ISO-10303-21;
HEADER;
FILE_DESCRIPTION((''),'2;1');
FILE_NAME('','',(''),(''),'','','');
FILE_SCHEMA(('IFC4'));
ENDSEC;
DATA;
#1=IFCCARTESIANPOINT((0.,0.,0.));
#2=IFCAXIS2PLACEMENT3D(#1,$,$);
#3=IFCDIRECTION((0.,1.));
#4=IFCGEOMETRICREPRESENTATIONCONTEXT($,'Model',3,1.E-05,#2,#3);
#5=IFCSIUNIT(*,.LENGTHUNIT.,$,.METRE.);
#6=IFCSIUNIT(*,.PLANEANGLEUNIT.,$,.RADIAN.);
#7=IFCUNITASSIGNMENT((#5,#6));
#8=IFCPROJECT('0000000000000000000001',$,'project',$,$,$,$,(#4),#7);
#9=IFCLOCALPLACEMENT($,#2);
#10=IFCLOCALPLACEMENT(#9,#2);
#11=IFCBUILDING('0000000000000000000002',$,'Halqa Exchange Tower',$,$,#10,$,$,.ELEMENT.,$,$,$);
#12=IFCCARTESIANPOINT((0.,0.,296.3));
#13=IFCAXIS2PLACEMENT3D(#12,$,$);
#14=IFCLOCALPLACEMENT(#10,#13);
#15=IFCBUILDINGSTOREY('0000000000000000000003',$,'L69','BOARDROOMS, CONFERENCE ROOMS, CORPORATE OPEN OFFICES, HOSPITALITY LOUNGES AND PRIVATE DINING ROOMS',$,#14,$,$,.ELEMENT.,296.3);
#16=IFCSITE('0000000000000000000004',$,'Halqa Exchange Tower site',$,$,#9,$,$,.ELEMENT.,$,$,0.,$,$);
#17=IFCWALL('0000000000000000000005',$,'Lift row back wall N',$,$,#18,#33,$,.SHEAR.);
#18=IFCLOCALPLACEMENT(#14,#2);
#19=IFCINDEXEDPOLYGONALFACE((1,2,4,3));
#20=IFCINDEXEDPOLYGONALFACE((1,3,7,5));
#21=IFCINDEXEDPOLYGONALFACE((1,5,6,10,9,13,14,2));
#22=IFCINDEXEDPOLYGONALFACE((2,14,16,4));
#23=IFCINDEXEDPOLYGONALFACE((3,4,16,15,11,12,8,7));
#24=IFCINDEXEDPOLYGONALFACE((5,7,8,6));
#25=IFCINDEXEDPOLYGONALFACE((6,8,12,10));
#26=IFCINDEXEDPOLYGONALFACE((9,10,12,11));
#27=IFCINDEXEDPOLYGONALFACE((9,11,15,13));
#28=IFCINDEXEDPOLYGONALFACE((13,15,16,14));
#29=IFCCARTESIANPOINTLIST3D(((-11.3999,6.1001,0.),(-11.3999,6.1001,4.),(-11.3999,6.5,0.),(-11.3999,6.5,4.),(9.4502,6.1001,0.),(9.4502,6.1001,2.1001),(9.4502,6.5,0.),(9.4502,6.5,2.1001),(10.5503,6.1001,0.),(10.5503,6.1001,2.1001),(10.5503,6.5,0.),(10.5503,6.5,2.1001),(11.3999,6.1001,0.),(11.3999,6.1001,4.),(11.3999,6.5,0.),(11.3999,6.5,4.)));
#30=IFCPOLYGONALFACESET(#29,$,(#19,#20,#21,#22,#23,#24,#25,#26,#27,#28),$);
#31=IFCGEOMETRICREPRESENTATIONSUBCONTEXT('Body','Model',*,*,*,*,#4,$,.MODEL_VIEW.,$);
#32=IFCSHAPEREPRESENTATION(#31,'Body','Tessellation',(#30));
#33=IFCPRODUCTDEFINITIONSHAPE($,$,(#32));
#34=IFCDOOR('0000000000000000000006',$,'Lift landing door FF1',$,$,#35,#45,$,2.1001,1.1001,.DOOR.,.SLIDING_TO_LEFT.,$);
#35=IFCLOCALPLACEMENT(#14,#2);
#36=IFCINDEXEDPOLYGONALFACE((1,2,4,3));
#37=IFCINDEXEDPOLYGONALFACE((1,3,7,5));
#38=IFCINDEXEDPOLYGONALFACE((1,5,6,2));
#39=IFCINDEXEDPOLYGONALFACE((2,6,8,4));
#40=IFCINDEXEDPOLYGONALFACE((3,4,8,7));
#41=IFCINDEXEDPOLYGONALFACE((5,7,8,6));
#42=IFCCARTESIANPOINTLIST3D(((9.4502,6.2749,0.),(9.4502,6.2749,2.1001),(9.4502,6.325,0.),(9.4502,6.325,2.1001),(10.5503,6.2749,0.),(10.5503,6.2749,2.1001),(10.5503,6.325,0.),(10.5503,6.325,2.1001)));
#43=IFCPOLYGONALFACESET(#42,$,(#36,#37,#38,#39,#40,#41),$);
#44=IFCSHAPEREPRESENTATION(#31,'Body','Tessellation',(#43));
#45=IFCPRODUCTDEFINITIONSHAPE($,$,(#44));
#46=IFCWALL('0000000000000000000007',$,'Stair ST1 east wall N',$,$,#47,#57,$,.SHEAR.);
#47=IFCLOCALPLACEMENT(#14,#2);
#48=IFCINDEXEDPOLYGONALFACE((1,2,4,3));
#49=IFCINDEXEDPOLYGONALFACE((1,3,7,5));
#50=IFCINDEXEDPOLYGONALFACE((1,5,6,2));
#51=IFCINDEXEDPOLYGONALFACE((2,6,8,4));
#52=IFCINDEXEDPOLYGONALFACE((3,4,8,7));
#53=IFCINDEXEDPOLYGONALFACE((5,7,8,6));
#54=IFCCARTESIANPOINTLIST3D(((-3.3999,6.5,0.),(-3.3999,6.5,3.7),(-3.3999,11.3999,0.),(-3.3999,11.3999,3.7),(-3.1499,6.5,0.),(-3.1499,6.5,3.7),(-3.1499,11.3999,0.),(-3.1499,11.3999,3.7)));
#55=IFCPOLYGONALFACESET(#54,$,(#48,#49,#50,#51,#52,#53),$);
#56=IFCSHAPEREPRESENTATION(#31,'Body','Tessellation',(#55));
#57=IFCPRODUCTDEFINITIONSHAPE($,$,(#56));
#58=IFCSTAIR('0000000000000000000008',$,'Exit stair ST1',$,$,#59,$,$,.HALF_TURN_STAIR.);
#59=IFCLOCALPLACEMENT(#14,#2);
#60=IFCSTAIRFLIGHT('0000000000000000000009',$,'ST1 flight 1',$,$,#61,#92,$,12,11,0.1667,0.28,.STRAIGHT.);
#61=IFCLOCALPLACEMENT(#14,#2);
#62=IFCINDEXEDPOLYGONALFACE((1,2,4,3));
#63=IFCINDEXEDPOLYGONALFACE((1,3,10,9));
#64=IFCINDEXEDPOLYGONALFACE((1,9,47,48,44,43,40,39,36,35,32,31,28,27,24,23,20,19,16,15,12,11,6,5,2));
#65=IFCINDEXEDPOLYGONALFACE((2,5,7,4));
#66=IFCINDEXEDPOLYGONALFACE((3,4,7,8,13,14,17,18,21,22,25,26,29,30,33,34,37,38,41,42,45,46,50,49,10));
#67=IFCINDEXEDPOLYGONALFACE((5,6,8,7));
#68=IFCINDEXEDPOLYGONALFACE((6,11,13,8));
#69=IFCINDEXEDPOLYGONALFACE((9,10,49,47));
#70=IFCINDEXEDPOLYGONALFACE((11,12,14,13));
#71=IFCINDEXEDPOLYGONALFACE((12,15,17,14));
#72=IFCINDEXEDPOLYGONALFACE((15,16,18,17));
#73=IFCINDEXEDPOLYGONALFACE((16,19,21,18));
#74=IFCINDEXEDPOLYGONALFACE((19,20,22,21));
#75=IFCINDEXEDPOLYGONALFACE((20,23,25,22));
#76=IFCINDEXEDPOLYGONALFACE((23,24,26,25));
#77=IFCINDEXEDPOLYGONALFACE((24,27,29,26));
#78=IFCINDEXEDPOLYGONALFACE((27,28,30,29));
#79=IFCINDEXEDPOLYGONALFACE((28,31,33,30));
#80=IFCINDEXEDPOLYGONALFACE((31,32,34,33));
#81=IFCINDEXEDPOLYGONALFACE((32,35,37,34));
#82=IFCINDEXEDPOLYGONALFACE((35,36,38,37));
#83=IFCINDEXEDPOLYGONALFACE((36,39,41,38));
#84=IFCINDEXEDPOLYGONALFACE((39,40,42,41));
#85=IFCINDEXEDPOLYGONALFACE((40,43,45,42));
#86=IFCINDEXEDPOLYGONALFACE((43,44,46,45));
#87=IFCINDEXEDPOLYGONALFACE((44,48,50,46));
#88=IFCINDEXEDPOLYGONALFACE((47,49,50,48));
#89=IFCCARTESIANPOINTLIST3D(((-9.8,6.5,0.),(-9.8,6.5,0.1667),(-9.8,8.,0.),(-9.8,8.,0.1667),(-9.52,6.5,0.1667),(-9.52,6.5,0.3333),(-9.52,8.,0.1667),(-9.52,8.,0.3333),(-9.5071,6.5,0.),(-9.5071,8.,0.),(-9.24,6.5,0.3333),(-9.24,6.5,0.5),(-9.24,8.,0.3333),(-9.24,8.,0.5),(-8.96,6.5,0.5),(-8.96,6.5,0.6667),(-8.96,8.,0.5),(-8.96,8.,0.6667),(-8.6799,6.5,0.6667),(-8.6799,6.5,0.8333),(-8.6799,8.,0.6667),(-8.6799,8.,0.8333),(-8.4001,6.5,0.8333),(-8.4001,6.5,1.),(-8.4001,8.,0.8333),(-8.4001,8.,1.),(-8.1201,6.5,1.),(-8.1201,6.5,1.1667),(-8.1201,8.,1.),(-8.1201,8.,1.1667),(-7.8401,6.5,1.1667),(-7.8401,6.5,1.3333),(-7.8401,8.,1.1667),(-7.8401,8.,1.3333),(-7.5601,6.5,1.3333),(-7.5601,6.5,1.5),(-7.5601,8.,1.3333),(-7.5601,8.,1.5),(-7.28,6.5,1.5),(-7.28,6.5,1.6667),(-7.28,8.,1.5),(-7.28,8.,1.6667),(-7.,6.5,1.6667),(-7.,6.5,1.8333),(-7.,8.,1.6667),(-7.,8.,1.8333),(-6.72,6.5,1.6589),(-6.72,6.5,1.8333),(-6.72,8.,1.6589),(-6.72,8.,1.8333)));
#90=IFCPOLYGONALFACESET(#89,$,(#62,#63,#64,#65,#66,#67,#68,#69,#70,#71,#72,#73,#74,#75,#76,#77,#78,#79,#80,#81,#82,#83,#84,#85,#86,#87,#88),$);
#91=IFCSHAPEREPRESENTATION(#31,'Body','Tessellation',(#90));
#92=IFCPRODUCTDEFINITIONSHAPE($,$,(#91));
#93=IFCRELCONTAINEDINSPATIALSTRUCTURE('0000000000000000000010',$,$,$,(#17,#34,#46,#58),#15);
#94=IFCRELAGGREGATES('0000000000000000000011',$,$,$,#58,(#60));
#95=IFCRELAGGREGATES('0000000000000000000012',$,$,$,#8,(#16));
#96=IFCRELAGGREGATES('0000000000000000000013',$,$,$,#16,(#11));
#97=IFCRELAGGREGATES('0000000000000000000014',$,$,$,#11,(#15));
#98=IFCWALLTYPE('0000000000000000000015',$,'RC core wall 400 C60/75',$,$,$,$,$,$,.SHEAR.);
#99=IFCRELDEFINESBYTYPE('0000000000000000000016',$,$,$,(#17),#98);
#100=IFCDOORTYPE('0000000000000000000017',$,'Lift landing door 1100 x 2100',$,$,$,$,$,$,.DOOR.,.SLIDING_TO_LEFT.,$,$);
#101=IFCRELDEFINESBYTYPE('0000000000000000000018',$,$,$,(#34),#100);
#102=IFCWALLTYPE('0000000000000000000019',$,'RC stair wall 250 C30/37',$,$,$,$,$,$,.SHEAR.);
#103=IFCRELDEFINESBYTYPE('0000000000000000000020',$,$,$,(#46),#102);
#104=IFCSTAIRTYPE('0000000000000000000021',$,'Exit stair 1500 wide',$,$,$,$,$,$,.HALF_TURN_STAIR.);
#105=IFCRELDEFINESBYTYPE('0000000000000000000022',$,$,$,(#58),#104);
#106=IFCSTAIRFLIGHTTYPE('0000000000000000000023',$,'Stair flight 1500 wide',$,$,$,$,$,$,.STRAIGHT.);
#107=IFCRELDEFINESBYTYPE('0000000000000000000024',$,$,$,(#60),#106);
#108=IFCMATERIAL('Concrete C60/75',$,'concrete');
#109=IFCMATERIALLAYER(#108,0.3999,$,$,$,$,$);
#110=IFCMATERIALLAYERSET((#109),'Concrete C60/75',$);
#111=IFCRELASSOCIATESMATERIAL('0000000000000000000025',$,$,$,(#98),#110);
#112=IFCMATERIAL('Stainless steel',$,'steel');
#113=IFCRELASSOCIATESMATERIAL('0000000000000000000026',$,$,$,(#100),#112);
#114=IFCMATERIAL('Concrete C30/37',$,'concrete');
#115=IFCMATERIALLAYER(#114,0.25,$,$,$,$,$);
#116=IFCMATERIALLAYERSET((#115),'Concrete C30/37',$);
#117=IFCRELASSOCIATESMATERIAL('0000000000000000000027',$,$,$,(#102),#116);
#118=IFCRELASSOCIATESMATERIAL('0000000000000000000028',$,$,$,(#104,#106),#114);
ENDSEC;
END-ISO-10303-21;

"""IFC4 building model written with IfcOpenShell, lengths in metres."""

from ifc_helpers import new_model, si_unit, direction, frame, frame_2d, origin, place, context, subcontext, project, spatial, polyline, rectangle, outline, extrude, material, layer, layer_set, type_object, element, fill, aggregate, save


model = new_model("IFC4")

# Units and contexts
model_context = context("Model", 3, precision=1e-05, world=origin(), true_north=direction((0.0, 1.0)))
body_context = subcontext(model_context, "Body", "Model", "MODEL_VIEW")
ifc_project = project(units=[si_unit("LENGTHUNIT", "METRE"), si_unit("PLANEANGLEUNIT", "RADIAN")], contexts=[model_context])

# Site, building, storey
site_placement = place(None, origin())
site = spatial("IfcSite", under=ifc_project, at=site_placement, Name="Halqa Exchange Tower site", CompositionType="ELEMENT", RefElevation=0.0)
building_placement = place(site_placement, origin())
building = spatial("IfcBuilding", under=site, at=building_placement, Name="Halqa Exchange Tower", CompositionType="ELEMENT")
storey_placement = place(building_placement, frame((0.0, 0.0, 296.3)))
storey = spatial("IfcBuildingStorey", under=building, at=storey_placement, Name="L69", Description="BOARDROOMS, CONFERENCE ROOMS, CORPORATE OPEN OFFICES, HOSPITALITY LOUNGES AND PRIVATE DINING ROOMS", CompositionType="ELEMENT", Elevation=296.3)

# Shared definitions
ifc_material_1 = material(Name="Concrete C60/75", Category="concrete")

# Shared definitions
ifc_layer_1 = layer(ifc_material_1, 0.3999)
ifc_layer_set_1 = layer_set([ifc_layer_1], Name="Concrete C60/75")
wall_type_1 = type_object("IfcWallType", Name="RC core wall 400 C60/75", PredefinedType="SHEAR", material=ifc_layer_set_1)
ifc_material_2 = material(Name="Stainless steel", Category="steel")
door_type_1 = type_object("IfcDoorType", Name="Lift landing door 1100 x 2100", OperationType="SLIDING_TO_LEFT", PredefinedType="DOOR", material=ifc_material_2)

# Wall, opening, door
wall_1_placement = place(storey_placement, frame((-11.3999, 6.3, 0.0), z_axis=(0.0, 0.0, 1.0), x_axis=(1.0, 0.0, 0.0)))
wall_1 = element("IfcWall", 1, at=wall_1_placement, inside=storey, type_object=wall_type_1, Name="Lift row back wall N", PredefinedType="SHEAR", context=body_context, shape_type="SweptSolid", body=[
    extrude(rectangle(XDim=22.7998, YDim=0.3999, at=frame_2d((11.3999, 0.0))), origin(), (0.0, 0.0, 1.0), 4.0),
])
opening_1_placement = place(wall_1_placement, frame((20.8501, 0.0, 0.0)))
opening_1 = element("IfcOpeningElement", 2, at=opening_1_placement, cuts=wall_1, PredefinedType="OPENING", context=body_context, shape_type="SweptSolid", body=[
    extrude(rectangle(XDim=1.1001, YDim=2.1001, at=frame_2d((0.55, 1.05))), frame((0.0, 0.2119, 0.0), z_axis=(0.0, -1.0, 0.0), x_axis=(1.0, 0.0, 0.0)), (0.0, 0.0, 1.0), 0.4238),
])
door_1_placement = place(opening_1_placement, origin())
door_1 = element("IfcDoor", 3, at=door_1_placement, inside=storey, type_object=door_type_1, Name="Lift landing door FF1", OperationType="SLIDING_TO_LEFT", OverallHeight=2.1001, OverallWidth=1.1001, PredefinedType="DOOR", context=body_context, shape_type="SweptSolid", body=[
    extrude(rectangle(XDim=1.1001, YDim=2.1001, at=frame_2d((0.55, 1.05))), frame((0.0, 0.0249, 0.0), z_axis=(0.0, -1.0, 0.0), x_axis=(1.0, 0.0, 0.0)), (0.0, 0.0, 1.0), 0.05),
])
fill(opening_1, door_1)

# Wall
ifc_material_3 = material(Name="Concrete C30/37", Category="concrete")
ifc_layer_2 = layer(ifc_material_3, 0.25)
ifc_layer_set_2 = layer_set([ifc_layer_2], Name="Concrete C30/37")
wall_type_2 = type_object("IfcWallType", Name="RC stair wall 250 C30/37", PredefinedType="SHEAR", material=ifc_layer_set_2)
wall_2_placement = place(storey_placement, frame((-3.2749, 6.5, 0.0), z_axis=(0.0, 0.0, 1.0), x_axis=(0.0, 1.0, 0.0)))
element("IfcWall", 4, at=wall_2_placement, inside=storey, type_object=wall_type_2, Name="Stair ST1 east wall N", PredefinedType="SHEAR", context=body_context, shape_type="SweptSolid", body=[
    extrude(rectangle(XDim=4.8999, YDim=0.25, at=frame_2d((2.45, 0.0))), origin(), (0.0, 0.0, 1.0), 3.7),
])

# Stair, stair flight
stair_type = type_object("IfcStairType", Name="Exit stair 1500 wide", PredefinedType="HALF_TURN_STAIR", material=ifc_material_3)
stair_placement = place(storey_placement, origin())
stair = element("IfcStair", 5, at=stair_placement, inside=storey, type_object=stair_type, Name="Exit stair ST1", PredefinedType="HALF_TURN_STAIR")
stair_flight_type = type_object("IfcStairFlightType", Name="Stair flight 1500 wide", PredefinedType="STRAIGHT", material=ifc_material_3)
stair_flight_placement = place(storey_placement, frame((-9.8, 7.25, 0.0), z_axis=(0.0, 0.0, 1.0), x_axis=(1.0, 0.0, 0.0)))
stair_flight = element("IfcStairFlight", 6, at=stair_flight_placement, type_object=stair_flight_type, Name="ST1 flight 1", NumberOfRisers=12, NumberOfTreads=11, PredefinedType="STRAIGHT", RiserHeight=0.1667, TreadLength=0.28, context=body_context, shape_type="SweptSolid", body=[
    extrude(outline(polyline([(0.0, 0.0), (0.0, 0.1667), (0.28, 0.1667), (0.28, 0.3333), (0.5601, 0.3333), (0.5601, 0.5), (0.8401, 0.5), (0.8401, 0.6667), (1.1201, 0.6667), (1.1201, 0.8333), (1.3999, 0.8333), (1.3999, 1.0), (1.6799, 1.0), (1.6799, 1.1667), (1.96, 1.1667), (1.96, 1.3333), (2.24, 1.3333), (2.24, 1.5), (2.52, 1.5), (2.52, 1.6667), (2.8, 1.6667), (2.8, 1.8333), (3.0801, 1.8333), (3.0801, 2.0), (3.0801, 1.6589), (0.293, 0.0), (0.0, 0.0)])), frame((0.0, 0.75, 0.0), z_axis=(0.0, -1.0, 0.0), x_axis=(1.0, 0.0, 0.0)), (0.0, 0.0, 1.0), 1.5),
])
aggregate(stair, [stair_flight])

save(model, "model.ifc")
